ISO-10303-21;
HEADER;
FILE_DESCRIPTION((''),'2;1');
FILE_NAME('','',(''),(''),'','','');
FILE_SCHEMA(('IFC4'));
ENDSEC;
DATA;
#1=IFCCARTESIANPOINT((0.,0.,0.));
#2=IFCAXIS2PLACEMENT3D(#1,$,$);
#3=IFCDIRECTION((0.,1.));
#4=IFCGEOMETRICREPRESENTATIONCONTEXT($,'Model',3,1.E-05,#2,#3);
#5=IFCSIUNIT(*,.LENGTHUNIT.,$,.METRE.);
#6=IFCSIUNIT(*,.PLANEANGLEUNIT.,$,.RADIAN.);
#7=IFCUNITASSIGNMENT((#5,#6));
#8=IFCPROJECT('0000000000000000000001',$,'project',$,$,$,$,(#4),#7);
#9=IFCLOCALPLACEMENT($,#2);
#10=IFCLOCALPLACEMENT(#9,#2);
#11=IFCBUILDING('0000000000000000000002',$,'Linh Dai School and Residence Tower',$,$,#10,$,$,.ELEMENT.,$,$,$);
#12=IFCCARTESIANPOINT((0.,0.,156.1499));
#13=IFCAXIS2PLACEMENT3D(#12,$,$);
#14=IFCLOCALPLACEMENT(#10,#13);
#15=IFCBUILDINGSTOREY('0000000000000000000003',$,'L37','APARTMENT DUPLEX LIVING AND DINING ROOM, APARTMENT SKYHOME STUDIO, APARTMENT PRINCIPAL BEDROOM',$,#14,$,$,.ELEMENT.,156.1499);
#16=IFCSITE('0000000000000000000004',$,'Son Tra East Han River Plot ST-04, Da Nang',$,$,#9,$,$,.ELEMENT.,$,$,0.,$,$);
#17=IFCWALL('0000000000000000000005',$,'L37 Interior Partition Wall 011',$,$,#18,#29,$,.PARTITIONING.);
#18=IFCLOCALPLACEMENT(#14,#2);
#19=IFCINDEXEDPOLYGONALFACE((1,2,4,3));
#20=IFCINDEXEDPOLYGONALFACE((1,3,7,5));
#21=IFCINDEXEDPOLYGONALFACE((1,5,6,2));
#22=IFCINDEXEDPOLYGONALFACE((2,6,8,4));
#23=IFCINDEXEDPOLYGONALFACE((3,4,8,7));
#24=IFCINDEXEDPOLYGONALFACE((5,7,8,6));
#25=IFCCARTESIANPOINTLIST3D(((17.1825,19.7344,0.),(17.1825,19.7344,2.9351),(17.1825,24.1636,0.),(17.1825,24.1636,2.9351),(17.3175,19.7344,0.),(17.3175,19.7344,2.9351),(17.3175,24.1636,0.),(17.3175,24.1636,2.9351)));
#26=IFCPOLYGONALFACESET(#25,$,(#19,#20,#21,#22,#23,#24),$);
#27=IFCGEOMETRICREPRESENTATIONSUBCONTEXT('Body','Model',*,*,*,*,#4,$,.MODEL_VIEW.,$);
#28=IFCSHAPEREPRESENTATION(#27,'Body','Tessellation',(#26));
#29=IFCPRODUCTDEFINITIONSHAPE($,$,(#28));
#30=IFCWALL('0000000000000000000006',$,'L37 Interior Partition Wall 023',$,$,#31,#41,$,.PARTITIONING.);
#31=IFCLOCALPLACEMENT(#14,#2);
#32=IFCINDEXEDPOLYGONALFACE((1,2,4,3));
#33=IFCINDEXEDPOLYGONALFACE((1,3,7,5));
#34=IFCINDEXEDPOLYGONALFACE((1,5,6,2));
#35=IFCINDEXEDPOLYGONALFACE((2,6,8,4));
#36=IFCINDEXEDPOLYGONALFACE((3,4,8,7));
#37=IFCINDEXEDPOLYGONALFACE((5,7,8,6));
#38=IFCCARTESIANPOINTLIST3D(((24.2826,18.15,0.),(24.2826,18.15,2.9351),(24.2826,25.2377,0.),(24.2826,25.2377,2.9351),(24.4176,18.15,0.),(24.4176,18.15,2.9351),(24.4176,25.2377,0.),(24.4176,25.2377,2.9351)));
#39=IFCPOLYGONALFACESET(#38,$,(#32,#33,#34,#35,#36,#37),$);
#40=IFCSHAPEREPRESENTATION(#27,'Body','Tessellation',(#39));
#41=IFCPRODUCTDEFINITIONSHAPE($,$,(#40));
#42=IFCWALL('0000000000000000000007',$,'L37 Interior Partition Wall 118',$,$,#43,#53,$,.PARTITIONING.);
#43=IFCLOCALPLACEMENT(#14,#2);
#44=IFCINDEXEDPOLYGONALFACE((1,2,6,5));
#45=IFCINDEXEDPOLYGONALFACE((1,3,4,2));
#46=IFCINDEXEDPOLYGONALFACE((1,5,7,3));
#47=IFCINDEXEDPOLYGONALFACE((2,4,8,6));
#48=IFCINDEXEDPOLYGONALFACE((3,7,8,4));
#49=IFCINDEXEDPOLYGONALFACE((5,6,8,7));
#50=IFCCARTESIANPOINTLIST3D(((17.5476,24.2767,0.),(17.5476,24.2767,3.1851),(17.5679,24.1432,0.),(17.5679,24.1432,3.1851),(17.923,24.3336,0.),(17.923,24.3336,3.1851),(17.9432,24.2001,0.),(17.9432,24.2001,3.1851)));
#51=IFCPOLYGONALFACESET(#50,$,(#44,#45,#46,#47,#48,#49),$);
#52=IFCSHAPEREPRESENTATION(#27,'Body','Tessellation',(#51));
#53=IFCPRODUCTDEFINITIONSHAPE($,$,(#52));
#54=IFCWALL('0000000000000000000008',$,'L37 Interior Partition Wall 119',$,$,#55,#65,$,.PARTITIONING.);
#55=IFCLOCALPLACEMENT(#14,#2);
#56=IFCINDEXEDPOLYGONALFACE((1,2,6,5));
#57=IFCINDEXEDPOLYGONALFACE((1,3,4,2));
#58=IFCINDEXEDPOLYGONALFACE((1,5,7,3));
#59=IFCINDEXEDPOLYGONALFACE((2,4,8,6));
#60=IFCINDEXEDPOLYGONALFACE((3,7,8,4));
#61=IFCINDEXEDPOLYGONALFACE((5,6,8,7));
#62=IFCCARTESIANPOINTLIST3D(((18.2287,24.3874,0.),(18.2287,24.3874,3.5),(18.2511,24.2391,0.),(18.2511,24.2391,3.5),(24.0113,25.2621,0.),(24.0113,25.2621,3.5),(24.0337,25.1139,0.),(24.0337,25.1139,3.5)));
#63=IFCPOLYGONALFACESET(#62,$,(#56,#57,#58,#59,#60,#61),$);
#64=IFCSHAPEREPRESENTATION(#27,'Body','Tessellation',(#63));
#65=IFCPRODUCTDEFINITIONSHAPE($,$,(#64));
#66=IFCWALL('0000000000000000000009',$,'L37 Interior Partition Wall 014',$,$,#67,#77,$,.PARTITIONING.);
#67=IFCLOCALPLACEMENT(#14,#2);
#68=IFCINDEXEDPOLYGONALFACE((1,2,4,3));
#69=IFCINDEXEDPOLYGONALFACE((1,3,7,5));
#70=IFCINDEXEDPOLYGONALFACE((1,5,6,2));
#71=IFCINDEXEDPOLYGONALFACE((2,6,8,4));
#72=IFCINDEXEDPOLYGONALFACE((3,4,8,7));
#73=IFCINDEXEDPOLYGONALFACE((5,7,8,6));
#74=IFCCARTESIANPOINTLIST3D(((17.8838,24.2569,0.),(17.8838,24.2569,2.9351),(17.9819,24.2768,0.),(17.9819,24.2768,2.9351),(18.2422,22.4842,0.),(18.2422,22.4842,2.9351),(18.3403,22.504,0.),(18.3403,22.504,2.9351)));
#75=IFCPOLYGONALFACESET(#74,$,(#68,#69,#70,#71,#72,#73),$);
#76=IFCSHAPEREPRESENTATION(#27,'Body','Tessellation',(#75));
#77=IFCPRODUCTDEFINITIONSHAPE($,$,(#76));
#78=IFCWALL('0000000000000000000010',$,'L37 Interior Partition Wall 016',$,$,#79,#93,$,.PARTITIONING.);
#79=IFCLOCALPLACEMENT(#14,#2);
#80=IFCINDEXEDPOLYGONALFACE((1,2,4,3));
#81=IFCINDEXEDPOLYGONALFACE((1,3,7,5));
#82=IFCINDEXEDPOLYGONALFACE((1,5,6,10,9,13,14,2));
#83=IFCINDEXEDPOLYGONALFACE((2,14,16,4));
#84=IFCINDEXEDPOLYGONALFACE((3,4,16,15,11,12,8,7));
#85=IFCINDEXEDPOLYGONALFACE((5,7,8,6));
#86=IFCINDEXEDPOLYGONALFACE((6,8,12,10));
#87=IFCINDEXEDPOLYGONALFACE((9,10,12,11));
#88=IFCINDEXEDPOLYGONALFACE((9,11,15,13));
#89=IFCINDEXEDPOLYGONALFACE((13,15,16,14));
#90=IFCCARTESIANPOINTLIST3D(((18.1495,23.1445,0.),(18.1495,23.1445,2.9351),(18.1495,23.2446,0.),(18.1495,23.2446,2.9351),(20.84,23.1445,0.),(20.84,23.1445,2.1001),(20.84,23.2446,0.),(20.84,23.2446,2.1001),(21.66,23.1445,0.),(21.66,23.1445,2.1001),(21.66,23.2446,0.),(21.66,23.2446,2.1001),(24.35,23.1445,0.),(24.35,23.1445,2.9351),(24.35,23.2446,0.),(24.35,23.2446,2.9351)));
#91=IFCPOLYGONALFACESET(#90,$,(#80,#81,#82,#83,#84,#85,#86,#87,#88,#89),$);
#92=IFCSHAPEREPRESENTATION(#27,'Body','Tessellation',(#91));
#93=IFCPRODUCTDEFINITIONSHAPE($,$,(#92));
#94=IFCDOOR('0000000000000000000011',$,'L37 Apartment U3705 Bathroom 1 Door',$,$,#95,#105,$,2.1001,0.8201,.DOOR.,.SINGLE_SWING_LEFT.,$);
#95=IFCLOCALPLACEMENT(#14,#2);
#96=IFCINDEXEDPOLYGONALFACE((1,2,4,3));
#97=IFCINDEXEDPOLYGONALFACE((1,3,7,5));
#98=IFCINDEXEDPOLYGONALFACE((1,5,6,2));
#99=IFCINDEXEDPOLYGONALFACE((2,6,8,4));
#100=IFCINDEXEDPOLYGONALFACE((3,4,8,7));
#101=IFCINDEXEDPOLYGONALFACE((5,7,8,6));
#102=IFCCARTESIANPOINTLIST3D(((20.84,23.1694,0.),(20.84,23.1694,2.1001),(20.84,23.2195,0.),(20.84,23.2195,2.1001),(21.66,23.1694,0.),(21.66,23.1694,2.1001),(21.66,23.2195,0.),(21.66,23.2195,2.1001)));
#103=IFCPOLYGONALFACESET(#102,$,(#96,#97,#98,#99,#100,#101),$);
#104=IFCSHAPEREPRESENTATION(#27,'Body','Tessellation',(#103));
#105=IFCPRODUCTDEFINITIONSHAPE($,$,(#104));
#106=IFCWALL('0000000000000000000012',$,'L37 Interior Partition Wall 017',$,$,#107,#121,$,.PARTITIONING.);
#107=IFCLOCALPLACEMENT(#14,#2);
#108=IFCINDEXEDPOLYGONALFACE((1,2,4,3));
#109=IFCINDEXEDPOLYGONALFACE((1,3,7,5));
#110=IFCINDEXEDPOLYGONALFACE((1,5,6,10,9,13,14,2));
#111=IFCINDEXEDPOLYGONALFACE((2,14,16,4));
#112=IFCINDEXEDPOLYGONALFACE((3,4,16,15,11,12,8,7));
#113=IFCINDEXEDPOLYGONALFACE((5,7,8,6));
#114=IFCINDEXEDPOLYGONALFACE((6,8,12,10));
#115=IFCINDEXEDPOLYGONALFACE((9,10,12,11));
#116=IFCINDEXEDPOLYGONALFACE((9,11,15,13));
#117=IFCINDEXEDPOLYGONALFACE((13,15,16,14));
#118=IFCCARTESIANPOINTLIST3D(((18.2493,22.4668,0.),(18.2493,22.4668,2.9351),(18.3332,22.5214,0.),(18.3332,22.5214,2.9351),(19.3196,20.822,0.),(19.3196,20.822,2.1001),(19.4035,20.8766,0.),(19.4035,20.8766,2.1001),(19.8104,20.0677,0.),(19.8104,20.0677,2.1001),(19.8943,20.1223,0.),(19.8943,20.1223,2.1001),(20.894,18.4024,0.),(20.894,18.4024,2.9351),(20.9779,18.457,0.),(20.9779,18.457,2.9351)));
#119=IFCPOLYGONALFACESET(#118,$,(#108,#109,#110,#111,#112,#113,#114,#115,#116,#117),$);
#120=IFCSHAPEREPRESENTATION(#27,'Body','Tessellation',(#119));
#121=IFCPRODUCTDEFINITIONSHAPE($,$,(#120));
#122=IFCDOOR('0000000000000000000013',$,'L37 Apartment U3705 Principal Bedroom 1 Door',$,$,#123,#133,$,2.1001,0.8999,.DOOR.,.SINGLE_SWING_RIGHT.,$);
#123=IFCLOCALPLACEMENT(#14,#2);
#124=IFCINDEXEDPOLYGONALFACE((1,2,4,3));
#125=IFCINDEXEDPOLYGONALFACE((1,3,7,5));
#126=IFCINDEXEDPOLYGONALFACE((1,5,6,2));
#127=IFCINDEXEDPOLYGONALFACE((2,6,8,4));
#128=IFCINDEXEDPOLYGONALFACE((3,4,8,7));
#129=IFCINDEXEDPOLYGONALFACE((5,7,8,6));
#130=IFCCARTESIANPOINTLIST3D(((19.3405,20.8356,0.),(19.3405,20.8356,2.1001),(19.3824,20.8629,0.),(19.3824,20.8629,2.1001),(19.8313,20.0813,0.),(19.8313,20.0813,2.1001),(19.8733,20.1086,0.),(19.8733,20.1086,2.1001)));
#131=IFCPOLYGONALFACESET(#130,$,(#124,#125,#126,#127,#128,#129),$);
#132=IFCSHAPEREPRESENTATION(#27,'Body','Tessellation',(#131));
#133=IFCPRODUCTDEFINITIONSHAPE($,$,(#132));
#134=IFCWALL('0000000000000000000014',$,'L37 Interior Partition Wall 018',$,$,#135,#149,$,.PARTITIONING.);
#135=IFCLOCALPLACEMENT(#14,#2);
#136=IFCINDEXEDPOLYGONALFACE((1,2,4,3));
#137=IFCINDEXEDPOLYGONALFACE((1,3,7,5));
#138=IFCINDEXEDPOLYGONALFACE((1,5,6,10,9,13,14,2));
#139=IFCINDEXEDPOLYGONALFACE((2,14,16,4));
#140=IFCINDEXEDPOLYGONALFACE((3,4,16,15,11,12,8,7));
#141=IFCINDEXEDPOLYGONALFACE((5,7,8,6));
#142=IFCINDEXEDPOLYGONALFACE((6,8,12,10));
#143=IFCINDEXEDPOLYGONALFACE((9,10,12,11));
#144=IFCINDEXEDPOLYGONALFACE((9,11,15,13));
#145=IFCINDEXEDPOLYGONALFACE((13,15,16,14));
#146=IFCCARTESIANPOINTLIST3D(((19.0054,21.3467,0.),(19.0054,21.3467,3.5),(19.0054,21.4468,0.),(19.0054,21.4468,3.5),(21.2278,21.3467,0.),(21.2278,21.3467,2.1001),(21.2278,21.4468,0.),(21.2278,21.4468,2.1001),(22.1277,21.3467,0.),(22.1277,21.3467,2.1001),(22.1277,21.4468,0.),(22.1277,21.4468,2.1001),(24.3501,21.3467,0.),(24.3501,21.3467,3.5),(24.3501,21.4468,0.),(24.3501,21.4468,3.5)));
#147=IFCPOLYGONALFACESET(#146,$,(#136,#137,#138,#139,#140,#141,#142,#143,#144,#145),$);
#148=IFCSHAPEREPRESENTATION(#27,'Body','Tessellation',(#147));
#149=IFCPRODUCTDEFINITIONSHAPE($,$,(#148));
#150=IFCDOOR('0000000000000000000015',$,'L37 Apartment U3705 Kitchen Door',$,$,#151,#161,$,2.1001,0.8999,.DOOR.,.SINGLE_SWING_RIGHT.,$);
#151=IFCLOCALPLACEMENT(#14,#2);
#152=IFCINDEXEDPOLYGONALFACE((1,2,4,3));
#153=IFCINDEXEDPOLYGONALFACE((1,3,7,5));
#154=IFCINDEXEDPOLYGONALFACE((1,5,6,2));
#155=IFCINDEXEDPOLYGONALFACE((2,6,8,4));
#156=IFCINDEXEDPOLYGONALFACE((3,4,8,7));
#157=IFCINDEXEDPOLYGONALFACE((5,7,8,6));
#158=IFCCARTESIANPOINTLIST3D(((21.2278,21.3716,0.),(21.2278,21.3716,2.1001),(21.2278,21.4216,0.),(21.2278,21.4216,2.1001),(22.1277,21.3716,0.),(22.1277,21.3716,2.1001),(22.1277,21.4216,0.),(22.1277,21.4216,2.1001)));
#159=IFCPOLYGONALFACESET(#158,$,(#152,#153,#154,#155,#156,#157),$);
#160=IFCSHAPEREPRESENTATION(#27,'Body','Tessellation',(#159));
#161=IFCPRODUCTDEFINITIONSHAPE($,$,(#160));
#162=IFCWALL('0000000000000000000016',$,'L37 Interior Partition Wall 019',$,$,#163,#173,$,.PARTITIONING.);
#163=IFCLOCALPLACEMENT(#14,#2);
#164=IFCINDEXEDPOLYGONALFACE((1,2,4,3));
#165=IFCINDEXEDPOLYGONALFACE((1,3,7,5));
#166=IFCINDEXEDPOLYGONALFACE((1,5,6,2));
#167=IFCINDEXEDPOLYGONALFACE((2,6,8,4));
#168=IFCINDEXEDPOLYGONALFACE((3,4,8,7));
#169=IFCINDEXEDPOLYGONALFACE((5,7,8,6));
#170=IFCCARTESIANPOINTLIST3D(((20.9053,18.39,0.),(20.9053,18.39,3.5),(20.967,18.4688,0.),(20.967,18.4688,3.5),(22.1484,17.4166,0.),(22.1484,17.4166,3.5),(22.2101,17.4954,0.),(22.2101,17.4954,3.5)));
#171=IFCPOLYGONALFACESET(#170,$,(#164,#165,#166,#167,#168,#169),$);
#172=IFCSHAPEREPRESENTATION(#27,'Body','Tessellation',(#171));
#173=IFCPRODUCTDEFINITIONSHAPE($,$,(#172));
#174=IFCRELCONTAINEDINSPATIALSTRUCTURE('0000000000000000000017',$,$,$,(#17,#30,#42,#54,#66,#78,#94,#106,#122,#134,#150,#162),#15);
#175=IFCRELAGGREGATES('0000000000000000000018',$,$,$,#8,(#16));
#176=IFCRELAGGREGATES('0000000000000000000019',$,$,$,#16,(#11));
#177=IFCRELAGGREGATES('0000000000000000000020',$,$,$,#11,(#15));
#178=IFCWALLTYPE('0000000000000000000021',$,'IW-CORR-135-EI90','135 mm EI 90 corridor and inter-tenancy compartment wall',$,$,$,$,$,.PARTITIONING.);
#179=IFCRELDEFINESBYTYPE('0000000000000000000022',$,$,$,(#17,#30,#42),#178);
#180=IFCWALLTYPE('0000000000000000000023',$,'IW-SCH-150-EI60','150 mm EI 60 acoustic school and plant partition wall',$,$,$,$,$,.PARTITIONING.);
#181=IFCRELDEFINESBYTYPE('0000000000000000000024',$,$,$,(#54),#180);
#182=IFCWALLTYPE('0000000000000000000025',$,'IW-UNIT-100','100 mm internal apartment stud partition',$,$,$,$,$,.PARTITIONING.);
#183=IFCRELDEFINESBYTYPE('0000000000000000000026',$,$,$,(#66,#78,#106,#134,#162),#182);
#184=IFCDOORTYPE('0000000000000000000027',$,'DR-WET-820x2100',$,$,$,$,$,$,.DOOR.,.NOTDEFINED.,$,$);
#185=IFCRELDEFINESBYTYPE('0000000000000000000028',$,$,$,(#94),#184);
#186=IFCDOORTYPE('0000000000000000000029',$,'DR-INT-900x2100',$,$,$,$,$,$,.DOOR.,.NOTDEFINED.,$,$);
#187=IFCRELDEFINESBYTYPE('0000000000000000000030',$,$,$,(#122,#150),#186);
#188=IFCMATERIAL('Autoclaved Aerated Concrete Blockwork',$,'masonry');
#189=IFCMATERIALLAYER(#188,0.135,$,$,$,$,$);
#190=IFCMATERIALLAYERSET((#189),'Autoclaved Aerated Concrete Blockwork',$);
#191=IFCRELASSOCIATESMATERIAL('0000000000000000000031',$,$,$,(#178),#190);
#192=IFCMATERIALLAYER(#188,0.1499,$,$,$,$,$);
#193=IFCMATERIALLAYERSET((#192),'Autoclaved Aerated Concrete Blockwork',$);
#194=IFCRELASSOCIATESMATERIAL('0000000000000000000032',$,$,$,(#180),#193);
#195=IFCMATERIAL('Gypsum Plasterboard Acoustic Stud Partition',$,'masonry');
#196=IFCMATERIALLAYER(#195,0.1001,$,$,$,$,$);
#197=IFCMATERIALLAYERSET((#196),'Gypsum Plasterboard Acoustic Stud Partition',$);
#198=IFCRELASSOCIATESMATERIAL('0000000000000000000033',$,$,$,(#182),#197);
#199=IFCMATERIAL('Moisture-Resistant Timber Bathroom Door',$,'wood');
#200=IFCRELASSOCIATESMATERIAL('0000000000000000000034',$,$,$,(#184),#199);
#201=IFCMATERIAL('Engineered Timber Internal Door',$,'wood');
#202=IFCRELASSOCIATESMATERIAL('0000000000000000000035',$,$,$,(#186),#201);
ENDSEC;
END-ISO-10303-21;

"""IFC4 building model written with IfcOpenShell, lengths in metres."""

from ifc_helpers import new_model, si_unit, direction, frame, frame_2d, origin, origin_2d, place, context, subcontext, project, spatial, rectangle, extrude, source, transform, mapped, material, layer, layer_set, type_object, element, fill, save


model = new_model("IFC4")

# Units and contexts
model_context = context("Model", 3, precision=1e-05, world=origin(), true_north=direction((0.0, 1.0)))
body_context = subcontext(model_context, "Body", "Model", "MODEL_VIEW")
ifc_project = project(units=[si_unit("LENGTHUNIT", "METRE"), si_unit("PLANEANGLEUNIT", "RADIAN")], contexts=[model_context])

# Site, building, storey
site_placement = place(None, origin())
site = spatial("IfcSite", under=ifc_project, at=site_placement, Name="Son Tra East Han River Plot ST-04, Da Nang", CompositionType="ELEMENT", RefElevation=0.0)
building_placement = place(site_placement, origin())
building = spatial("IfcBuilding", under=site, at=building_placement, Name="Linh Dai School and Residence Tower", CompositionType="ELEMENT")
storey_placement = place(building_placement, frame((0.0, 0.0, 156.1499)))
storey = spatial("IfcBuildingStorey", under=building, at=storey_placement, Name="L37", Description="APARTMENT DUPLEX LIVING AND DINING ROOM, APARTMENT SKYHOME STUDIO, APARTMENT PRINCIPAL BEDROOM", CompositionType="ELEMENT", Elevation=156.1499)

# Walls
ifc_material_1 = material(Name="Autoclaved Aerated Concrete Blockwork", Category="masonry")
ifc_layer_1 = layer(ifc_material_1, 0.135)
ifc_layer_set_1 = layer_set([ifc_layer_1], Name="Autoclaved Aerated Concrete Blockwork")
wall_type_1 = type_object("IfcWallType", Name="IW-CORR-135-EI90", Description="135 mm EI 90 corridor and inter-tenancy compartment wall", PredefinedType="PARTITIONING", material=ifc_layer_set_1)
wall_1_placement = place(storey_placement, frame((17.25, 19.7344, 0.0), z_axis=(0.0, 0.0, 1.0), x_axis=(0.0, 1.0, 0.0)))
element("IfcWall", 1, at=wall_1_placement, inside=storey, type_object=wall_type_1, Name="L37 Interior Partition Wall 011", PredefinedType="PARTITIONING", context=body_context, shape_type="SweptSolid", body=[
    extrude(rectangle(XDim=4.4292, YDim=0.135, at=frame_2d((2.2146, 0.0))), origin(), (0.0, 0.0, 1.0), 2.9351),
])
wall_2_placement = place(storey_placement, frame((24.3501, 18.1499, 0.0), z_axis=(0.0, 0.0, 1.0), x_axis=(0.0, 1.0, 0.0)))
element("IfcWall", 2, at=wall_2_placement, inside=storey, type_object=wall_type_1, Name="L37 Interior Partition Wall 023", PredefinedType="PARTITIONING", context=body_context, shape_type="SweptSolid", body=[
    extrude(rectangle(XDim=7.0876, YDim=0.135, at=frame_2d((3.5439, 0.0))), origin(), (0.0, 0.0, 1.0), 2.9351),
])
wall_3_placement = place(storey_placement, frame((17.5576, 24.21, 0.0), z_axis=(0.0, 0.0, 1.0), x_axis=(0.988704, 0.149882, 0.0)))
element("IfcWall", 3, at=wall_3_placement, inside=storey, type_object=wall_type_1, Name="L37 Interior Partition Wall 118", PredefinedType="PARTITIONING", context=body_context, shape_type="SweptSolid", body=[
    extrude(rectangle(XDim=0.3796, YDim=0.135, at=frame_2d((0.1899, 0.0))), origin(), (0.0, 0.0, 1.0), 3.1851),
])
ifc_layer_2 = layer(ifc_material_1, 0.1499)
ifc_layer_set_2 = layer_set([ifc_layer_2], Name="Autoclaved Aerated Concrete Blockwork")
wall_type_2 = type_object("IfcWallType", Name="IW-SCH-150-EI60", Description="150 mm EI 60 acoustic school and plant partition wall", PredefinedType="PARTITIONING", material=ifc_layer_set_2)
wall_4_placement = place(storey_placement, frame((18.2397, 24.3132, 0.0), z_axis=(0.0, 0.0, 1.0), x_axis=(0.988751, 0.149569, 0.0)))
element("IfcWall", 4, at=wall_4_placement, inside=storey, type_object=wall_type_2, Name="L37 Interior Partition Wall 119", PredefinedType="PARTITIONING", context=body_context, shape_type="SweptSolid", body=[
    extrude(rectangle(XDim=5.8484, YDim=0.1499, at=frame_2d((2.9243, 0.0))), origin(), (0.0, 0.0, 1.0), 3.5),
])
ifc_material_2 = material(Name="Gypsum Plasterboard Acoustic Stud Partition", Category="masonry")
ifc_layer_3 = layer(ifc_material_2, 0.1001)
ifc_layer_set_3 = layer_set([ifc_layer_3], Name="Gypsum Plasterboard Acoustic Stud Partition")
wall_type_3 = type_object("IfcWallType", Name="IW-UNIT-100", Description="100 mm internal apartment stud partition", PredefinedType="PARTITIONING", material=ifc_layer_set_3)
wall_5_placement = place(storey_placement, frame((17.9329, 24.2668, 0.0), z_axis=(0.0, 0.0, 1.0), x_axis=(0.198167, -0.980168, 0.0)))
element("IfcWall", 5, at=wall_5_placement, inside=storey, type_object=wall_type_3, Name="L37 Interior Partition Wall 014", PredefinedType="PARTITIONING", context=body_context, shape_type="SweptSolid", body=[
    extrude(rectangle(XDim=1.8086, YDim=0.1001, at=frame_2d((0.9043, 0.0))), origin(), (0.0, 0.0, 1.0), 2.9351),
])

# Walls, openings, doors
wall_6_placement = place(storey_placement, frame((18.1497, 23.1946, 0.0), z_axis=(0.0, 0.0, 1.0), x_axis=(1.0, 0.0, 0.0)))
wall_6 = element("IfcWall", 6, at=wall_6_placement, inside=storey, type_object=wall_type_3, Name="L37 Interior Partition Wall 016", PredefinedType="PARTITIONING", context=body_context, shape_type="SweptSolid", body=[
    extrude(rectangle(XDim=6.2004, YDim=0.1001, at=frame_2d((3.1001, 0.0))), origin(), (0.0, 0.0, 1.0), 2.9351),
])
opening_1_placement = place(wall_6_placement, frame((2.6902, 0.0, 0.0)))
opening_1 = element("IfcOpeningElement", 7, at=opening_1_placement, cuts=wall_6, PredefinedType="OPENING", context=body_context, shape_type="SweptSolid", body=[
    extrude(rectangle(XDim=0.8201, YDim=2.1001, at=origin_2d()), frame((0.4102, 0.0601, 1.05), z_axis=(0.0, -1.0, 0.0), x_axis=(1.0, 0.0, 0.0)), (0.0, 0.0, 1.0), 0.1201),
])
ifc_material_3 = material(Name="Moisture-Resistant Timber Bathroom Door", Category="wood")
door_type_1 = type_object("IfcDoorType", Name="DR-WET-820x2100", OperationType="NOTDEFINED", PredefinedType="DOOR", material=ifc_material_3)
shared_shape_1 = source(origin(), body_context, "Body", "SweptSolid", [
    extrude(rectangle(XDim=0.8201, YDim=2.1001, at=origin_2d()), frame((0.4102, 0.0249, 1.05), z_axis=(0.0, -1.0, 0.0), x_axis=(1.0, 0.0, 0.0)), (0.0, 0.0, 1.0), 0.05),
])
door_1_placement = place(opening_1_placement, origin())
door_1 = element("IfcDoor", 8, at=door_1_placement, inside=storey, type_object=door_type_1, Name="L37 Apartment U3705 Bathroom 1 Door", OperationType="SINGLE_SWING_LEFT", OverallHeight=2.1001, OverallWidth=0.8201, PredefinedType="DOOR", context=body_context, shape_type="MappedRepresentation", body=[
    mapped(shared_shape_1, transform((0.0, 0.0, 0.0), x_axis=(1.0, 0.0, 0.0), y_axis=(0.0, 1.0, 0.0), z_axis=(0.0, 0.0, 1.0), scale=1.0)),
])
fill(opening_1, door_1)
wall_7_placement = place(storey_placement, frame((18.2913, 22.4941, 0.0), z_axis=(0.0, 0.0, 1.0), x_axis=(0.545406, -0.838172, 0.0)))
wall_7 = element("IfcWall", 9, at=wall_7_placement, inside=storey, type_object=wall_type_3, Name="L37 Interior Partition Wall 017", PredefinedType="PARTITIONING", context=body_context, shape_type="SweptSolid", body=[
    extrude(rectangle(XDim=4.8491, YDim=0.1001, at=frame_2d((2.4246, 0.0))), origin(), (0.0, 0.0, 1.0), 2.9351),
])
opening_2_placement = place(wall_7_placement, frame((1.9624, 0.0, 0.0)))
opening_2 = element("IfcOpeningElement", 10, at=opening_2_placement, cuts=wall_7, PredefinedType="OPENING", context=body_context, shape_type="SweptSolid", body=[
    extrude(rectangle(XDim=0.8999, YDim=2.1001, at=origin_2d()), frame((0.45, 0.0601, 1.05), z_axis=(0.0, -1.0, 0.0), x_axis=(1.0, 0.0, 0.0)), (0.0, 0.0, 1.0), 0.1201),
])
ifc_material_4 = material(Name="Engineered Timber Internal Door", Category="wood")
door_type_2 = type_object("IfcDoorType", Name="DR-INT-900x2100", OperationType="NOTDEFINED", PredefinedType="DOOR", material=ifc_material_4)
shared_shape_2 = source(origin(), body_context, "Body", "SweptSolid", [
    extrude(rectangle(XDim=0.8999, YDim=2.1001, at=origin_2d()), frame((0.45, 0.0249, 1.05), z_axis=(0.0, -1.0, 0.0), x_axis=(1.0, 0.0, 0.0)), (0.0, 0.0, 1.0), 0.05),
])
door_2_placement = place(opening_2_placement, origin())
door_2 = element("IfcDoor", 11, at=door_2_placement, inside=storey, type_object=door_type_2, Name="L37 Apartment U3705 Principal Bedroom 1 Door", OperationType="SINGLE_SWING_RIGHT", OverallHeight=2.1001, OverallWidth=0.8999, PredefinedType="DOOR", context=body_context, shape_type="MappedRepresentation", body=[
    mapped(shared_shape_2, transform((0.0, 0.0, 0.0), x_axis=(1.0, 0.0, 0.0), y_axis=(0.0, 1.0, 0.0), z_axis=(0.0, 0.0, 1.0), scale=1.0)),
])
fill(opening_2, door_2)
wall_8_placement = place(storey_placement, frame((19.0054, 21.3967, 0.0), z_axis=(0.0, 0.0, 1.0), x_axis=(1.0, 0.0, 0.0)))
wall_8 = element("IfcWall", 12, at=wall_8_placement, inside=storey, type_object=wall_type_3, Name="L37 Interior Partition Wall 018", PredefinedType="PARTITIONING", context=body_context, shape_type="SweptSolid", body=[
    extrude(rectangle(XDim=5.3447, YDim=0.1001, at=frame_2d((2.6724, 0.0))), origin(), (0.0, 0.0, 1.0), 3.5),
])
opening_3_placement = place(wall_8_placement, frame((2.2224, 0.0, 0.0)))
opening_3 = element("IfcOpeningElement", 13, at=opening_3_placement, cuts=wall_8, PredefinedType="OPENING", context=body_context, shape_type="SweptSolid", body=[
    extrude(rectangle(XDim=0.8999, YDim=2.1001, at=origin_2d()), frame((0.45, 0.0601, 1.05), z_axis=(0.0, -1.0, 0.0), x_axis=(1.0, 0.0, 0.0)), (0.0, 0.0, 1.0), 0.1201),
])
door_3_placement = place(opening_3_placement, origin())
door_3 = element("IfcDoor", 14, at=door_3_placement, inside=storey, type_object=door_type_2, Name="L37 Apartment U3705 Kitchen Door", OperationType="SINGLE_SWING_RIGHT", OverallHeight=2.1001, OverallWidth=0.8999, PredefinedType="DOOR", context=body_context, shape_type="MappedRepresentation", body=[
    mapped(shared_shape_2, transform((0.0, 0.0, 0.0), x_axis=(1.0, 0.0, 0.0), y_axis=(0.0, 1.0, 0.0), z_axis=(0.0, 0.0, 1.0), scale=1.0)),
])
fill(opening_3, door_3)

# Wall
wall_9_placement = place(storey_placement, frame((20.936, 18.4294, 0.0), z_axis=(0.0, 0.0, 1.0), x_axis=(0.787358, -0.616496, 0.0)))
element("IfcWall", 15, at=wall_9_placement, inside=storey, type_object=wall_type_3, Name="L37 Interior Partition Wall 019", PredefinedType="PARTITIONING", context=body_context, shape_type="SweptSolid", body=[
    extrude(rectangle(XDim=1.5789, YDim=0.1001, at=frame_2d((0.7896, 0.0))), origin(), (0.0, 0.0, 1.0), 3.5),
])

save(model, "model.ifc")
